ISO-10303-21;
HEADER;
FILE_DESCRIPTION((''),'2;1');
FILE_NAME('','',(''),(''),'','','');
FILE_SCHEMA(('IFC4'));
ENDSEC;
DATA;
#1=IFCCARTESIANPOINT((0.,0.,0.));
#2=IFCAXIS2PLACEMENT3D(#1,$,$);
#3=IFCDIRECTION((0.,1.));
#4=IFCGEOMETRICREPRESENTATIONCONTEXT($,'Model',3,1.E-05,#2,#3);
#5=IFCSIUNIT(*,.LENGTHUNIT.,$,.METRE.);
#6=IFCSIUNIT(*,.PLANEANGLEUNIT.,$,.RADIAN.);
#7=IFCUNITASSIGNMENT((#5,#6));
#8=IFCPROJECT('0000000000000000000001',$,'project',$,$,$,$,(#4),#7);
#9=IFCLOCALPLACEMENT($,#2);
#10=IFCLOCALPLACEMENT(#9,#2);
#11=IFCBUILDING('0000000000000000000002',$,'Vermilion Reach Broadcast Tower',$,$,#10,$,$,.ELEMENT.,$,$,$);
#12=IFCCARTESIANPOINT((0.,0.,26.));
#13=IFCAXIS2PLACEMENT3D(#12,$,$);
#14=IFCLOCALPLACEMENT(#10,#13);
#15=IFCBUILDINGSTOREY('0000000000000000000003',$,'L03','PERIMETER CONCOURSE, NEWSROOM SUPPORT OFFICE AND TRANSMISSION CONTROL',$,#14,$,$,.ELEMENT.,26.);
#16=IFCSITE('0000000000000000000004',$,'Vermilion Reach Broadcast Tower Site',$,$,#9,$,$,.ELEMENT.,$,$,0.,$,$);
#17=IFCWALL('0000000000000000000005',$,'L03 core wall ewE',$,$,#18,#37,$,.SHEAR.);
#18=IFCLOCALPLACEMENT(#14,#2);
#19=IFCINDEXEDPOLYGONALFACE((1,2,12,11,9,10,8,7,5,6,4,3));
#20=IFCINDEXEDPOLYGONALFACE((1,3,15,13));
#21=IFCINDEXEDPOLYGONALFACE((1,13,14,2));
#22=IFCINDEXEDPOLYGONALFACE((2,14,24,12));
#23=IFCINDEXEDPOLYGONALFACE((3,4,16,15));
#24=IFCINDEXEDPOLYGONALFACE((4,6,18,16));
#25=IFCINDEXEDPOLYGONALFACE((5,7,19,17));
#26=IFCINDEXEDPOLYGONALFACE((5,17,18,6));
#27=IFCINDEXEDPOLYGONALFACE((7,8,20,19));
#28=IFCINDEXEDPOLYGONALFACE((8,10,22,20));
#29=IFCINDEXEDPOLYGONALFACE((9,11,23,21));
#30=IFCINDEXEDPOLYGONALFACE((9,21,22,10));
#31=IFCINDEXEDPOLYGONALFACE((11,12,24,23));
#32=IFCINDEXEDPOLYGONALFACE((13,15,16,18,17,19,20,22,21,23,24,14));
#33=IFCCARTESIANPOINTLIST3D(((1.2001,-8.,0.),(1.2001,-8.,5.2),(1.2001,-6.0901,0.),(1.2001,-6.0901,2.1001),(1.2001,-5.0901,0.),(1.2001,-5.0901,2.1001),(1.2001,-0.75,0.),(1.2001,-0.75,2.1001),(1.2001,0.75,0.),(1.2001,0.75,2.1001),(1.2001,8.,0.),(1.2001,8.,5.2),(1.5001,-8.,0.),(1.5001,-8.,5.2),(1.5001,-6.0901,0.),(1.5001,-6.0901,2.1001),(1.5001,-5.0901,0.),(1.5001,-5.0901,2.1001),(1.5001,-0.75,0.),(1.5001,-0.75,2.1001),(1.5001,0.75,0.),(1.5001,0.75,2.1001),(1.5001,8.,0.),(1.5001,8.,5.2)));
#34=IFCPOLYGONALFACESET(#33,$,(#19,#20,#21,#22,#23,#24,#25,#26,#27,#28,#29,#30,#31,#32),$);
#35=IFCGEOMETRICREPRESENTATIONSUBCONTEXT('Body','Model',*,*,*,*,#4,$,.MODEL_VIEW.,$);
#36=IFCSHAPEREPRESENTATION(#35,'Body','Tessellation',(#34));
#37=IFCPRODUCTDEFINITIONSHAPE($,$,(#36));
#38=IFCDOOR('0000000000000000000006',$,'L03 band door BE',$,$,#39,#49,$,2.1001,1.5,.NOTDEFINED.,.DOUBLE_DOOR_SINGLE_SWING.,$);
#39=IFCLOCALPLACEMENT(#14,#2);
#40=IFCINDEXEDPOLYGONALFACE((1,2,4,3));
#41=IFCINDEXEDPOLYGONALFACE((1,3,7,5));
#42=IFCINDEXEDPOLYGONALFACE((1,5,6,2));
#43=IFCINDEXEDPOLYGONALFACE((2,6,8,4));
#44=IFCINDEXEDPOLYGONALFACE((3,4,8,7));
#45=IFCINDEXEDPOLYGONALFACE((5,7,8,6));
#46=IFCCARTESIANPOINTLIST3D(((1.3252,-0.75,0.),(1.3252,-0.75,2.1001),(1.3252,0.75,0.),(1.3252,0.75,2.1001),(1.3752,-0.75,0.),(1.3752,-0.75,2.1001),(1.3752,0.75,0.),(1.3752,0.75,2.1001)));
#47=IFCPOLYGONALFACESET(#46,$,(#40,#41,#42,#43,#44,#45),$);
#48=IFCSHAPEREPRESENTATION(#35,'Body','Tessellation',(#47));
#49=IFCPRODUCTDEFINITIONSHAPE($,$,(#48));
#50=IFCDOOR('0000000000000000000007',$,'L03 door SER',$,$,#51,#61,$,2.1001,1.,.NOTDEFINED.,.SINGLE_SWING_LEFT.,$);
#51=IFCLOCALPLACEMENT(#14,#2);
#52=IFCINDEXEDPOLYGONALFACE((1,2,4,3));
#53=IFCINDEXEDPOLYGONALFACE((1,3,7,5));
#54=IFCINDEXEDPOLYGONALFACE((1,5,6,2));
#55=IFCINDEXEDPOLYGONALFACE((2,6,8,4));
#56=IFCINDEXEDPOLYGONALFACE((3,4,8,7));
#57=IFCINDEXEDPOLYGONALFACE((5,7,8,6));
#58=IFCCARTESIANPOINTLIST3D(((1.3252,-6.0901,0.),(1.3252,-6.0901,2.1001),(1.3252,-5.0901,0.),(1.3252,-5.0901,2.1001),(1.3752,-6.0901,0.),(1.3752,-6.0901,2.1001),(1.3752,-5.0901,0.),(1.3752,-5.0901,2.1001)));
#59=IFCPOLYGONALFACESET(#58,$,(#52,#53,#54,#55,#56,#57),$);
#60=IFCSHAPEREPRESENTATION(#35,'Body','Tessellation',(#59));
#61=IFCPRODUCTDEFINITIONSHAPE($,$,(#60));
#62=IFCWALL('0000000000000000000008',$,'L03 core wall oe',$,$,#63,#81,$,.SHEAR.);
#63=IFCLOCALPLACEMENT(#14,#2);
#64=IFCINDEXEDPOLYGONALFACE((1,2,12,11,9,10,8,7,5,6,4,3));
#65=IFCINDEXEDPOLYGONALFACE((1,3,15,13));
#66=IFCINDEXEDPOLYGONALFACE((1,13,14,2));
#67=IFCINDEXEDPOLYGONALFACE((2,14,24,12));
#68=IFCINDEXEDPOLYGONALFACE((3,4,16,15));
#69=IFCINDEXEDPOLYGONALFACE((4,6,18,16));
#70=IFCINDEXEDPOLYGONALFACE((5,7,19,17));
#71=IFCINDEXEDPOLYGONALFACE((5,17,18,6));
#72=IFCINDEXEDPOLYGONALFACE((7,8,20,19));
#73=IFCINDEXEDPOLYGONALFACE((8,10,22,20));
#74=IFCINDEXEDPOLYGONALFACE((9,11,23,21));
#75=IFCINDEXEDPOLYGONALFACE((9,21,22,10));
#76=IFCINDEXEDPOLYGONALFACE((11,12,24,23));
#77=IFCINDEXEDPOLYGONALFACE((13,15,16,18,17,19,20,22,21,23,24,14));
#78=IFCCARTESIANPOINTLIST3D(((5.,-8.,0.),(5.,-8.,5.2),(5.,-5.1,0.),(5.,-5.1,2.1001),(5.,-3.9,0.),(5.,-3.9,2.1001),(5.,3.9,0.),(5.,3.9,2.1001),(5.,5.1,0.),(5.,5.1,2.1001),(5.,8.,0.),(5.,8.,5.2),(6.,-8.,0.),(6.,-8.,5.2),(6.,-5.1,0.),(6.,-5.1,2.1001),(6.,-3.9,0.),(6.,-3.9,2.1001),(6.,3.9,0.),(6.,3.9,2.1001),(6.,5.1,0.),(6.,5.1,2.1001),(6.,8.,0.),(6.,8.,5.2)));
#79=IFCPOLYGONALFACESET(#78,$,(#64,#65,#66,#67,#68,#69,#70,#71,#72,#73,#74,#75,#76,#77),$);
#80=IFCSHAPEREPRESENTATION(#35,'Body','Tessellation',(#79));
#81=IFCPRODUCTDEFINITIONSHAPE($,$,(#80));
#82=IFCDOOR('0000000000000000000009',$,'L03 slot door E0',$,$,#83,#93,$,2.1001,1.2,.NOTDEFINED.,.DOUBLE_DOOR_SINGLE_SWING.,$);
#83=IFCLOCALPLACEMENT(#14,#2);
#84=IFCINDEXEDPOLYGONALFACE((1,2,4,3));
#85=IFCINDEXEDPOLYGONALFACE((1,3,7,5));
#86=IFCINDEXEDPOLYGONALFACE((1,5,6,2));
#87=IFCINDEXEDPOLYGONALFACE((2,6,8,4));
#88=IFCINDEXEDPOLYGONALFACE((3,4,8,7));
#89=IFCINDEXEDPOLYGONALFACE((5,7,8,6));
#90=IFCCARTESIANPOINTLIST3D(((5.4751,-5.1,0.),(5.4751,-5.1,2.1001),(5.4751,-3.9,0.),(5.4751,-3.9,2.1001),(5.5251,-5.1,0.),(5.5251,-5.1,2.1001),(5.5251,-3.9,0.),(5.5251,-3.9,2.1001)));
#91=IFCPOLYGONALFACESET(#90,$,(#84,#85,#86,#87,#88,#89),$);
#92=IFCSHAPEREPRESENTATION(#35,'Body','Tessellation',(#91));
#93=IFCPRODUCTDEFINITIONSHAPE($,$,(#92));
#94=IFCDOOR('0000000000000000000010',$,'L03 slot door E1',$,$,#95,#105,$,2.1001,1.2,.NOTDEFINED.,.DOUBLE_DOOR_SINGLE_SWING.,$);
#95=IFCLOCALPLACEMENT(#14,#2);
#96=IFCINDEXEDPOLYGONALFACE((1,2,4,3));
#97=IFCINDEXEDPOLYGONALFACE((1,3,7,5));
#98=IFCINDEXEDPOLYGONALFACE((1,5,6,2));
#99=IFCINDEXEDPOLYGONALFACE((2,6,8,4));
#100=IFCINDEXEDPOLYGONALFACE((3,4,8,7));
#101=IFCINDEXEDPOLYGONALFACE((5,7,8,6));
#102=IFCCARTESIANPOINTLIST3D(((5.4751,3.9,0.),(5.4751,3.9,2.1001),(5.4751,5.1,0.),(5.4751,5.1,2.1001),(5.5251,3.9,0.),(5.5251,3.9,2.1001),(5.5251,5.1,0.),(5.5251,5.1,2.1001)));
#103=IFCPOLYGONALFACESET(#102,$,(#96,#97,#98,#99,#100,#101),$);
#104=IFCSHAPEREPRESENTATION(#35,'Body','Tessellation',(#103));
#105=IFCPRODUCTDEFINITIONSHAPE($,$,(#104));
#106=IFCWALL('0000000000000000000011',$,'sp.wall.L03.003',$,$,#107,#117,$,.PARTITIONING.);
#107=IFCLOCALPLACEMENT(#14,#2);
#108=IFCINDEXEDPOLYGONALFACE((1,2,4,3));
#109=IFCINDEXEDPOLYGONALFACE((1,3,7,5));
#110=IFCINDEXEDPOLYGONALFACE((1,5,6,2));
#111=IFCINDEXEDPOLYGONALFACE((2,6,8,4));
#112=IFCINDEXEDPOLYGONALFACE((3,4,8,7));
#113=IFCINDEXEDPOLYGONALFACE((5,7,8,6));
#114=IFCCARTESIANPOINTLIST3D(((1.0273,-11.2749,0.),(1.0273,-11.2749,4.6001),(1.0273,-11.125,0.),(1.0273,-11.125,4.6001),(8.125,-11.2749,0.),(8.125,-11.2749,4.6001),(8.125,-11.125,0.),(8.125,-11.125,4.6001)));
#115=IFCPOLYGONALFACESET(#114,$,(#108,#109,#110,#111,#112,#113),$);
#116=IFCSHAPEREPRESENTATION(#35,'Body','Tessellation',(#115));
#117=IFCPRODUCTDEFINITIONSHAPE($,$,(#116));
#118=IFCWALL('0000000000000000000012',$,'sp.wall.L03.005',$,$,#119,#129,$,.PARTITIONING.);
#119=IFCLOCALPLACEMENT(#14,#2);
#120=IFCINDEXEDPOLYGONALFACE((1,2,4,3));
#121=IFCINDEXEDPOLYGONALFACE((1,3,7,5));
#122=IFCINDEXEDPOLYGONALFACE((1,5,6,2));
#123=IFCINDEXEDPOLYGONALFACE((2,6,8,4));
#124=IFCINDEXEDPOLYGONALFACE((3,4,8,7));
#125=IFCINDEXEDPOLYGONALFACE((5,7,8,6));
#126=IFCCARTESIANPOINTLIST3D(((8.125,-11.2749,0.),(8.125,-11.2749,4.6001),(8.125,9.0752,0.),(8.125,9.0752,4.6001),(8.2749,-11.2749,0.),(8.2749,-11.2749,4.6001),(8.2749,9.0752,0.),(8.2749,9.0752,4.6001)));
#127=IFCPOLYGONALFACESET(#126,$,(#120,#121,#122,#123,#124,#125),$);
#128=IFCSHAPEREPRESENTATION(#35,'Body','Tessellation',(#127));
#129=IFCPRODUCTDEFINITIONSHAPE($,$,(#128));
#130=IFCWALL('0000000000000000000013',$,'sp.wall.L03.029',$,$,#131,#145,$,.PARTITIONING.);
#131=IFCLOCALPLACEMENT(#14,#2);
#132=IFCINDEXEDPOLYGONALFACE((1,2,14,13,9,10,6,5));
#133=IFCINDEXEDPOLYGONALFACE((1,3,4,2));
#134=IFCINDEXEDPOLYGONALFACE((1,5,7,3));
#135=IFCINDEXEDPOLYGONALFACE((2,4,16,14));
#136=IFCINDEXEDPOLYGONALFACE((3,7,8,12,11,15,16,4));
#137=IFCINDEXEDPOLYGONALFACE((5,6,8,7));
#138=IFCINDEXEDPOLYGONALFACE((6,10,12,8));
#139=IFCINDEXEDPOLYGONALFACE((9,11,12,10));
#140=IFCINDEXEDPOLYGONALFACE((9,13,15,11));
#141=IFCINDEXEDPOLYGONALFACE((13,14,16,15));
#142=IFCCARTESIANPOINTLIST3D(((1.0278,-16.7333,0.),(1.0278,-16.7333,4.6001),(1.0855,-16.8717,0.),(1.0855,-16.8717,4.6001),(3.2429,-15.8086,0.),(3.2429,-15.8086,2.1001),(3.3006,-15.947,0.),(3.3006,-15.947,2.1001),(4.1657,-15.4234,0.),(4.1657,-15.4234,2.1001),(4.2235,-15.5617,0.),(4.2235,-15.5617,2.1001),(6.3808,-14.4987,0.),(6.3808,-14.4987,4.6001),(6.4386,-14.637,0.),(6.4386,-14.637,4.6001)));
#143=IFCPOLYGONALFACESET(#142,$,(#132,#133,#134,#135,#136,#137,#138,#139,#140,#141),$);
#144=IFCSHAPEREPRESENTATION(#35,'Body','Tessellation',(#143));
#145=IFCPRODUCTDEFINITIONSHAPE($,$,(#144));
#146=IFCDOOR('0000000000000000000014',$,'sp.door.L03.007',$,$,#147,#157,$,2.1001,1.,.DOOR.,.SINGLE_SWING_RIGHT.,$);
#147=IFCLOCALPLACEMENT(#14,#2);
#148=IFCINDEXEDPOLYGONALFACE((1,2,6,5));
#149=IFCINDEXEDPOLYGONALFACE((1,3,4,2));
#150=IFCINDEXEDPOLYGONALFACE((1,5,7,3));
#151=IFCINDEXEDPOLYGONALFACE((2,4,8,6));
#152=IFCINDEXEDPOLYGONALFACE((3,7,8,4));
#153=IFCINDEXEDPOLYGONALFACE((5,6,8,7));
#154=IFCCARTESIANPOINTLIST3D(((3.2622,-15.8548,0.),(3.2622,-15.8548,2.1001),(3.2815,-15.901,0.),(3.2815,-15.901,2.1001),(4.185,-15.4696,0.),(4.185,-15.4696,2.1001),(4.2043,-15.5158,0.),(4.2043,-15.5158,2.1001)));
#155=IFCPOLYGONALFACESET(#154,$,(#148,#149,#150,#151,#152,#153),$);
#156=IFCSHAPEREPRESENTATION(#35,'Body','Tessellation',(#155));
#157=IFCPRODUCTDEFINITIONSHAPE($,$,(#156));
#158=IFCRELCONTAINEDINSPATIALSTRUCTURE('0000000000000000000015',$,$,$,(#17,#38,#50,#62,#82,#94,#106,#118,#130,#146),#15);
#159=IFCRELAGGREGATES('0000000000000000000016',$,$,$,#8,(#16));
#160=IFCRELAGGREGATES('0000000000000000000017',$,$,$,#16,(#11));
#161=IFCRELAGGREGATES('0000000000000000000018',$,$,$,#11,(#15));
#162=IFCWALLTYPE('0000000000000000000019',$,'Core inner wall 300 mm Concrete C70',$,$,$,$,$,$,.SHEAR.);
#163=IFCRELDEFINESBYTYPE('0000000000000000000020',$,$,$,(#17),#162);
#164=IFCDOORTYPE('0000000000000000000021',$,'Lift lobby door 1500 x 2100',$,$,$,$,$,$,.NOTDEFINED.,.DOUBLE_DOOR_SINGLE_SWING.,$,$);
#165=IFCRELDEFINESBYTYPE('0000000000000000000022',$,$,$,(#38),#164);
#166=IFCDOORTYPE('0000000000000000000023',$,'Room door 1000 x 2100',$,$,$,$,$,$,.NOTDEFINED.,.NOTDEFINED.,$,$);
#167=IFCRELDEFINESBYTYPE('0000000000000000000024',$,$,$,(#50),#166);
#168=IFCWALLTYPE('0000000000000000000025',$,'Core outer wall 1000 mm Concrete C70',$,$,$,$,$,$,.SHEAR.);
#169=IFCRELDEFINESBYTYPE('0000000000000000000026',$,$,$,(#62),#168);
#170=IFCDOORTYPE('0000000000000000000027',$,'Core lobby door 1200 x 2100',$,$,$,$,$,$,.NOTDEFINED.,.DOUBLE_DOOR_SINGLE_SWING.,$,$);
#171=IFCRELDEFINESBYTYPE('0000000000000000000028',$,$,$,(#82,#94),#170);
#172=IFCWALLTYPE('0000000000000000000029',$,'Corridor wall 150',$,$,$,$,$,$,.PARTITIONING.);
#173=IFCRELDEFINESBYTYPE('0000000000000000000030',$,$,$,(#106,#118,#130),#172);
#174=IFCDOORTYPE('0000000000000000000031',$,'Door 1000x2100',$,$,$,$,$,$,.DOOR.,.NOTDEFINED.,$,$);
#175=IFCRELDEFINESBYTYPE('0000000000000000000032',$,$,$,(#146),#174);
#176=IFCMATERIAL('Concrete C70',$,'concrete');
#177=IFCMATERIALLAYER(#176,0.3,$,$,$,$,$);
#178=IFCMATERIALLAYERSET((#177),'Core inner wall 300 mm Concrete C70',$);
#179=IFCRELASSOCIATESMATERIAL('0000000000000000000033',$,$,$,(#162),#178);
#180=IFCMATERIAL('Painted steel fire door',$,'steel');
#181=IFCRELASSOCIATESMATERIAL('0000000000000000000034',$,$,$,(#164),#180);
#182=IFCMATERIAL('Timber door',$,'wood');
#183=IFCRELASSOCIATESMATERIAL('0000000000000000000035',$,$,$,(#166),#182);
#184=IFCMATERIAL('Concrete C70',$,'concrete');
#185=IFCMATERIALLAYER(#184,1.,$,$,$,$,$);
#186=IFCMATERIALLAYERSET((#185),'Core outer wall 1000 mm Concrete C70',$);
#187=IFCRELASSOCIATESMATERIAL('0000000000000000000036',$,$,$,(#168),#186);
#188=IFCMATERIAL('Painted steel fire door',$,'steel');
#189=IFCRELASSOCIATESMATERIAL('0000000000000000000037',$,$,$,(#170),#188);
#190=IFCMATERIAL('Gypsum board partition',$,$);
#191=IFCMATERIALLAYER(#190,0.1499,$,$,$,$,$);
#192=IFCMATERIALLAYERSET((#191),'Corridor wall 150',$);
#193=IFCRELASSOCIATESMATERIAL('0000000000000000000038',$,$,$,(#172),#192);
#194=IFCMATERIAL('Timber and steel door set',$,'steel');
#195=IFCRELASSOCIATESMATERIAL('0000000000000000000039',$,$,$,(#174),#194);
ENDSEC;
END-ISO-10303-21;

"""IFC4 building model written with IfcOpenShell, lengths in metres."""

from ifc_helpers import new_model, si_unit, direction, frame, frame_2d, origin, place, context, subcontext, project, spatial, rectangle, extrude, material, layer, layer_set, type_object, element, fill, save


model = new_model("IFC4")

# Units and contexts
model_context = context("Model", 3, precision=1e-05, world=origin(), true_north=direction((0.0, 1.0)))
body_context = subcontext(model_context, "Body", "Model", "MODEL_VIEW")
ifc_project = project(units=[si_unit("LENGTHUNIT", "METRE"), si_unit("PLANEANGLEUNIT", "RADIAN")], contexts=[model_context])

# Site, building, storey
site_placement = place(None, origin())
site = spatial("IfcSite", under=ifc_project, at=site_placement, Name="Vermilion Reach Broadcast Tower Site", CompositionType="ELEMENT", RefElevation=0.0)
building_placement = place(site_placement, origin())
building = spatial("IfcBuilding", under=site, at=building_placement, Name="Vermilion Reach Broadcast Tower", CompositionType="ELEMENT")
storey_placement = place(building_placement, frame((0.0, 0.0, 26.0)))
storey = spatial("IfcBuildingStorey", under=building, at=storey_placement, Name="L03", Description="PERIMETER CONCOURSE, NEWSROOM SUPPORT OFFICE AND TRANSMISSION CONTROL", CompositionType="ELEMENT", Elevation=26.0)

# Walls, openings, doors
ifc_material_1 = material(Name="Concrete C70", Category="concrete")
ifc_layer_1 = layer(ifc_material_1, 0.3)
ifc_layer_set_1 = layer_set([ifc_layer_1], Name="Core inner wall 300 mm Concrete C70")
wall_type_1 = type_object("IfcWallType", Name="Core inner wall 300 mm Concrete C70", PredefinedType="SHEAR", material=ifc_layer_set_1)
wall_1_placement = place(storey_placement, frame((1.3501, -8.0, 0.0), z_axis=(0.0, 0.0, 1.0), x_axis=(0.0, 1.0, 0.0)))
wall_1 = element("IfcWall", 1, at=wall_1_placement, inside=storey, type_object=wall_type_1, Name="L03 core wall ewE", PredefinedType="SHEAR", context=body_context, shape_type="SweptSolid", body=[
    extrude(rectangle(XDim=16.0, YDim=0.3, at=frame_2d((8.0, 0.0))), origin(), (0.0, 0.0, 1.0), 5.2),
])
opening_1_placement = place(wall_1_placement, frame((1.9099, 0.0, 0.0)))
opening_1 = element("IfcOpeningElement", 2, at=opening_1_placement, cuts=wall_1, PredefinedType="OPENING", context=body_context, shape_type="SweptSolid", body=[
    extrude(rectangle(XDim=1.0, YDim=2.1001, at=frame_2d((0.5, 1.05))), frame((0.0, 0.1599, 0.0), z_axis=(0.0, -1.0, 0.0), x_axis=(1.0, 0.0, 0.0)), (0.0, 0.0, 1.0), 0.3201),
])
opening_2_placement = place(wall_1_placement, frame((7.25, 0.0, 0.0)))
opening_2 = element("IfcOpeningElement", 3, at=opening_2_placement, cuts=wall_1, PredefinedType="OPENING", context=body_context, shape_type="SweptSolid", body=[
    extrude(rectangle(XDim=1.5, YDim=2.1001, at=frame_2d((0.75, 1.05))), frame((0.0, 0.1599, 0.0), z_axis=(0.0, -1.0, 0.0), x_axis=(1.0, 0.0, 0.0)), (0.0, 0.0, 1.0), 0.3201),
])
ifc_material_2 = material(Name="Painted steel fire door", Category="steel")
door_type_1 = type_object("IfcDoorType", Name="Lift lobby door 1500 x 2100", OperationType="DOUBLE_DOOR_SINGLE_SWING", PredefinedType="NOTDEFINED", material=ifc_material_2)
door_1_placement = place(opening_2_placement, origin())
door_1 = element("IfcDoor", 4, at=door_1_placement, inside=storey, type_object=door_type_1, Name="L03 band door BE", OperationType="DOUBLE_DOOR_SINGLE_SWING", OverallHeight=2.1001, OverallWidth=1.5, PredefinedType="NOTDEFINED", context=body_context, shape_type="SweptSolid", body=[
    extrude(rectangle(XDim=1.5, YDim=2.1001, at=frame_2d((0.75, 1.05))), frame((0.0, 0.0249, 0.0), z_axis=(0.0, -1.0, 0.0), x_axis=(1.0, 0.0, 0.0)), (0.0, 0.0, 1.0), 0.05),
])
fill(opening_2, door_1)
ifc_material_3 = material(Name="Timber door", Category="wood")
door_type_2 = type_object("IfcDoorType", Name="Room door 1000 x 2100", OperationType="NOTDEFINED", PredefinedType="NOTDEFINED", material=ifc_material_3)
door_2_placement = place(opening_1_placement, origin())
door_2 = element("IfcDoor", 5, at=door_2_placement, inside=storey, type_object=door_type_2, Name="L03 door SER", OperationType="SINGLE_SWING_LEFT", OverallHeight=2.1001, OverallWidth=1.0, PredefinedType="NOTDEFINED", context=body_context, shape_type="SweptSolid", body=[
    extrude(rectangle(XDim=1.0, YDim=2.1001, at=frame_2d((0.5, 1.05))), frame((0.0, 0.0249, 0.0), z_axis=(0.0, -1.0, 0.0), x_axis=(1.0, 0.0, 0.0)), (0.0, 0.0, 1.0), 0.05),
])
fill(opening_1, door_2)
ifc_material_4 = material(Name="Concrete C70", Category="concrete")
ifc_layer_2 = layer(ifc_material_4, 1.0)
ifc_layer_set_2 = layer_set([ifc_layer_2], Name="Core outer wall 1000 mm Concrete C70")
wall_type_2 = type_object("IfcWallType", Name="Core outer wall 1000 mm Concrete C70", PredefinedType="SHEAR", material=ifc_layer_set_2)
wall_2_placement = place(storey_placement, frame((5.5, -8.0, 0.0), z_axis=(0.0, 0.0, 1.0), x_axis=(0.0, 1.0, 0.0)))
wall_2 = element("IfcWall", 6, at=wall_2_placement, inside=storey, type_object=wall_type_2, Name="L03 core wall oe", PredefinedType="SHEAR", context=body_context, shape_type="SweptSolid", body=[
    extrude(rectangle(XDim=16.0, YDim=1.0, at=frame_2d((8.0, 0.0))), origin(), (0.0, 0.0, 1.0), 5.2),
])
opening_3_placement = place(wall_2_placement, frame((2.8999, 0.0, 0.0)))
opening_3 = element("IfcOpeningElement", 7, at=opening_3_placement, cuts=wall_2, PredefinedType="OPENING", context=body_context, shape_type="SweptSolid", body=[
    extrude(rectangle(XDim=1.2, YDim=2.1001, at=frame_2d((0.6001, 1.05))), frame((0.0, 0.51, 0.0), z_axis=(0.0, -1.0, 0.0), x_axis=(1.0, 0.0, 0.0)), (0.0, 0.0, 1.0), 1.02),
])
opening_4_placement = place(wall_2_placement, frame((11.8999, 0.0, 0.0)))
opening_4 = element("IfcOpeningElement", 8, at=opening_4_placement, cuts=wall_2, PredefinedType="OPENING", context=body_context, shape_type="SweptSolid", body=[
    extrude(rectangle(XDim=1.2, YDim=2.1001, at=frame_2d((0.6001, 1.05))), frame((0.0, 0.51, 0.0), z_axis=(0.0, -1.0, 0.0), x_axis=(1.0, 0.0, 0.0)), (0.0, 0.0, 1.0), 1.02),
])
ifc_material_5 = material(Name="Painted steel fire door", Category="steel")
door_type_3 = type_object("IfcDoorType", Name="Core lobby door 1200 x 2100", OperationType="DOUBLE_DOOR_SINGLE_SWING", PredefinedType="NOTDEFINED", material=ifc_material_5)
door_3_placement = place(opening_3_placement, origin())
door_3 = element("IfcDoor", 9, at=door_3_placement, inside=storey, type_object=door_type_3, Name="L03 slot door E0", OperationType="DOUBLE_DOOR_SINGLE_SWING", OverallHeight=2.1001, OverallWidth=1.2, PredefinedType="NOTDEFINED", context=body_context, shape_type="SweptSolid", body=[
    extrude(rectangle(XDim=1.2, YDim=2.1001, at=frame_2d((0.6001, 1.05))), frame((0.0, 0.0249, 0.0), z_axis=(0.0, -1.0, 0.0), x_axis=(1.0, 0.0, 0.0)), (0.0, 0.0, 1.0), 0.05),
])
fill(opening_3, door_3)
door_4_placement = place(opening_4_placement, origin())
door_4 = element("IfcDoor", 10, at=door_4_placement, inside=storey, type_object=door_type_3, Name="L03 slot door E1", OperationType="DOUBLE_DOOR_SINGLE_SWING", OverallHeight=2.1001, OverallWidth=1.2, PredefinedType="NOTDEFINED", context=body_context, shape_type="SweptSolid", body=[
    extrude(rectangle(XDim=1.2, YDim=2.1001, at=frame_2d((0.6001, 1.05))), frame((0.0, 0.0249, 0.0), z_axis=(0.0, -1.0, 0.0), x_axis=(1.0, 0.0, 0.0)), (0.0, 0.0, 1.0), 0.05),
])
fill(opening_4, door_4)

# Walls
ifc_material_6 = material(Name="Gypsum board partition")
ifc_layer_3 = layer(ifc_material_6, 0.1499)
ifc_layer_set_3 = layer_set([ifc_layer_3], Name="Corridor wall 150")
wall_type_3 = type_object("IfcWallType", Name="Corridor wall 150", PredefinedType="PARTITIONING", material=ifc_layer_set_3)
wall_3_placement = place(storey_placement, frame((1.0273, -11.2, 0.0), z_axis=(0.0, 0.0, 1.0), x_axis=(1.0, 0.0, 0.0)))
element("IfcWall", 11, at=wall_3_placement, inside=storey, type_object=wall_type_3, Name="sp.wall.L03.003", PredefinedType="PARTITIONING", context=body_context, shape_type="SweptSolid", body=[
    extrude(rectangle(XDim=7.0977, YDim=0.1499, at=frame_2d((3.5488, 0.0))), origin(), (0.0, 0.0, 1.0), 4.6001),
])
wall_4_placement = place(storey_placement, frame((8.2, -11.2749, 0.0), z_axis=(0.0, 0.0, 1.0), x_axis=(0.0, 1.0, 0.0)))
element("IfcWall", 12, at=wall_4_placement, inside=storey, type_object=wall_type_3, Name="sp.wall.L03.005", PredefinedType="PARTITIONING", context=body_context, shape_type="SweptSolid", body=[
    extrude(rectangle(XDim=20.3501, YDim=0.1499, at=frame_2d((10.175, 0.0))), origin(), (0.0, 0.0, 1.0), 4.6001),
])

# Wall, opening, door
wall_5_placement = place(storey_placement, frame((1.0566, -16.8025, 0.0), z_axis=(0.0, 0.0, 1.0), x_axis=(0.92282, 0.385231, 0.0)))
wall_5 = element("IfcWall", 13, at=wall_5_placement, inside=storey, type_object=wall_type_3, Name="sp.wall.L03.029", PredefinedType="PARTITIONING", context=body_context, shape_type="SweptSolid", body=[
    extrude(rectangle(XDim=5.8008, YDim=0.1499, at=frame_2d((2.9004, 0.0))), origin(), (0.0, 0.0, 1.0), 4.6001),
])
opening_5_placement = place(wall_5_placement, frame((2.4004, 0.0, 0.0)))
opening_5 = element("IfcOpeningElement", 14, at=opening_5_placement, cuts=wall_5, PredefinedType="OPENING", context=body_context, shape_type="SweptSolid", body=[
    extrude(rectangle(XDim=1.0, YDim=2.1001, at=frame_2d((0.5, 1.05))), frame((0.0, 0.085, 0.0), z_axis=(0.0, -1.0, 0.0), x_axis=(1.0, 0.0, 0.0)), (0.0, 0.0, 1.0), 0.1699),
])
ifc_material_7 = material(Name="Timber and steel door set", Category="steel")
door_type_4 = type_object("IfcDoorType", Name="Door 1000x2100", OperationType="NOTDEFINED", PredefinedType="DOOR", material=ifc_material_7)
door_5_placement = place(opening_5_placement, origin())
door_5 = element("IfcDoor", 15, at=door_5_placement, inside=storey, type_object=door_type_4, Name="sp.door.L03.007", OperationType="SINGLE_SWING_RIGHT", OverallHeight=2.1001, OverallWidth=1.0, PredefinedType="DOOR", context=body_context, shape_type="SweptSolid", body=[
    extrude(rectangle(XDim=1.0, YDim=2.1001, at=frame_2d((0.5, 1.05))), frame((0.0, 0.0249, 0.0), z_axis=(0.0, -1.0, 0.0), x_axis=(1.0, 0.0, 0.0)), (0.0, 0.0, 1.0), 0.05),
])
fill(opening_5, door_5)

save(model, "model.ifc")
